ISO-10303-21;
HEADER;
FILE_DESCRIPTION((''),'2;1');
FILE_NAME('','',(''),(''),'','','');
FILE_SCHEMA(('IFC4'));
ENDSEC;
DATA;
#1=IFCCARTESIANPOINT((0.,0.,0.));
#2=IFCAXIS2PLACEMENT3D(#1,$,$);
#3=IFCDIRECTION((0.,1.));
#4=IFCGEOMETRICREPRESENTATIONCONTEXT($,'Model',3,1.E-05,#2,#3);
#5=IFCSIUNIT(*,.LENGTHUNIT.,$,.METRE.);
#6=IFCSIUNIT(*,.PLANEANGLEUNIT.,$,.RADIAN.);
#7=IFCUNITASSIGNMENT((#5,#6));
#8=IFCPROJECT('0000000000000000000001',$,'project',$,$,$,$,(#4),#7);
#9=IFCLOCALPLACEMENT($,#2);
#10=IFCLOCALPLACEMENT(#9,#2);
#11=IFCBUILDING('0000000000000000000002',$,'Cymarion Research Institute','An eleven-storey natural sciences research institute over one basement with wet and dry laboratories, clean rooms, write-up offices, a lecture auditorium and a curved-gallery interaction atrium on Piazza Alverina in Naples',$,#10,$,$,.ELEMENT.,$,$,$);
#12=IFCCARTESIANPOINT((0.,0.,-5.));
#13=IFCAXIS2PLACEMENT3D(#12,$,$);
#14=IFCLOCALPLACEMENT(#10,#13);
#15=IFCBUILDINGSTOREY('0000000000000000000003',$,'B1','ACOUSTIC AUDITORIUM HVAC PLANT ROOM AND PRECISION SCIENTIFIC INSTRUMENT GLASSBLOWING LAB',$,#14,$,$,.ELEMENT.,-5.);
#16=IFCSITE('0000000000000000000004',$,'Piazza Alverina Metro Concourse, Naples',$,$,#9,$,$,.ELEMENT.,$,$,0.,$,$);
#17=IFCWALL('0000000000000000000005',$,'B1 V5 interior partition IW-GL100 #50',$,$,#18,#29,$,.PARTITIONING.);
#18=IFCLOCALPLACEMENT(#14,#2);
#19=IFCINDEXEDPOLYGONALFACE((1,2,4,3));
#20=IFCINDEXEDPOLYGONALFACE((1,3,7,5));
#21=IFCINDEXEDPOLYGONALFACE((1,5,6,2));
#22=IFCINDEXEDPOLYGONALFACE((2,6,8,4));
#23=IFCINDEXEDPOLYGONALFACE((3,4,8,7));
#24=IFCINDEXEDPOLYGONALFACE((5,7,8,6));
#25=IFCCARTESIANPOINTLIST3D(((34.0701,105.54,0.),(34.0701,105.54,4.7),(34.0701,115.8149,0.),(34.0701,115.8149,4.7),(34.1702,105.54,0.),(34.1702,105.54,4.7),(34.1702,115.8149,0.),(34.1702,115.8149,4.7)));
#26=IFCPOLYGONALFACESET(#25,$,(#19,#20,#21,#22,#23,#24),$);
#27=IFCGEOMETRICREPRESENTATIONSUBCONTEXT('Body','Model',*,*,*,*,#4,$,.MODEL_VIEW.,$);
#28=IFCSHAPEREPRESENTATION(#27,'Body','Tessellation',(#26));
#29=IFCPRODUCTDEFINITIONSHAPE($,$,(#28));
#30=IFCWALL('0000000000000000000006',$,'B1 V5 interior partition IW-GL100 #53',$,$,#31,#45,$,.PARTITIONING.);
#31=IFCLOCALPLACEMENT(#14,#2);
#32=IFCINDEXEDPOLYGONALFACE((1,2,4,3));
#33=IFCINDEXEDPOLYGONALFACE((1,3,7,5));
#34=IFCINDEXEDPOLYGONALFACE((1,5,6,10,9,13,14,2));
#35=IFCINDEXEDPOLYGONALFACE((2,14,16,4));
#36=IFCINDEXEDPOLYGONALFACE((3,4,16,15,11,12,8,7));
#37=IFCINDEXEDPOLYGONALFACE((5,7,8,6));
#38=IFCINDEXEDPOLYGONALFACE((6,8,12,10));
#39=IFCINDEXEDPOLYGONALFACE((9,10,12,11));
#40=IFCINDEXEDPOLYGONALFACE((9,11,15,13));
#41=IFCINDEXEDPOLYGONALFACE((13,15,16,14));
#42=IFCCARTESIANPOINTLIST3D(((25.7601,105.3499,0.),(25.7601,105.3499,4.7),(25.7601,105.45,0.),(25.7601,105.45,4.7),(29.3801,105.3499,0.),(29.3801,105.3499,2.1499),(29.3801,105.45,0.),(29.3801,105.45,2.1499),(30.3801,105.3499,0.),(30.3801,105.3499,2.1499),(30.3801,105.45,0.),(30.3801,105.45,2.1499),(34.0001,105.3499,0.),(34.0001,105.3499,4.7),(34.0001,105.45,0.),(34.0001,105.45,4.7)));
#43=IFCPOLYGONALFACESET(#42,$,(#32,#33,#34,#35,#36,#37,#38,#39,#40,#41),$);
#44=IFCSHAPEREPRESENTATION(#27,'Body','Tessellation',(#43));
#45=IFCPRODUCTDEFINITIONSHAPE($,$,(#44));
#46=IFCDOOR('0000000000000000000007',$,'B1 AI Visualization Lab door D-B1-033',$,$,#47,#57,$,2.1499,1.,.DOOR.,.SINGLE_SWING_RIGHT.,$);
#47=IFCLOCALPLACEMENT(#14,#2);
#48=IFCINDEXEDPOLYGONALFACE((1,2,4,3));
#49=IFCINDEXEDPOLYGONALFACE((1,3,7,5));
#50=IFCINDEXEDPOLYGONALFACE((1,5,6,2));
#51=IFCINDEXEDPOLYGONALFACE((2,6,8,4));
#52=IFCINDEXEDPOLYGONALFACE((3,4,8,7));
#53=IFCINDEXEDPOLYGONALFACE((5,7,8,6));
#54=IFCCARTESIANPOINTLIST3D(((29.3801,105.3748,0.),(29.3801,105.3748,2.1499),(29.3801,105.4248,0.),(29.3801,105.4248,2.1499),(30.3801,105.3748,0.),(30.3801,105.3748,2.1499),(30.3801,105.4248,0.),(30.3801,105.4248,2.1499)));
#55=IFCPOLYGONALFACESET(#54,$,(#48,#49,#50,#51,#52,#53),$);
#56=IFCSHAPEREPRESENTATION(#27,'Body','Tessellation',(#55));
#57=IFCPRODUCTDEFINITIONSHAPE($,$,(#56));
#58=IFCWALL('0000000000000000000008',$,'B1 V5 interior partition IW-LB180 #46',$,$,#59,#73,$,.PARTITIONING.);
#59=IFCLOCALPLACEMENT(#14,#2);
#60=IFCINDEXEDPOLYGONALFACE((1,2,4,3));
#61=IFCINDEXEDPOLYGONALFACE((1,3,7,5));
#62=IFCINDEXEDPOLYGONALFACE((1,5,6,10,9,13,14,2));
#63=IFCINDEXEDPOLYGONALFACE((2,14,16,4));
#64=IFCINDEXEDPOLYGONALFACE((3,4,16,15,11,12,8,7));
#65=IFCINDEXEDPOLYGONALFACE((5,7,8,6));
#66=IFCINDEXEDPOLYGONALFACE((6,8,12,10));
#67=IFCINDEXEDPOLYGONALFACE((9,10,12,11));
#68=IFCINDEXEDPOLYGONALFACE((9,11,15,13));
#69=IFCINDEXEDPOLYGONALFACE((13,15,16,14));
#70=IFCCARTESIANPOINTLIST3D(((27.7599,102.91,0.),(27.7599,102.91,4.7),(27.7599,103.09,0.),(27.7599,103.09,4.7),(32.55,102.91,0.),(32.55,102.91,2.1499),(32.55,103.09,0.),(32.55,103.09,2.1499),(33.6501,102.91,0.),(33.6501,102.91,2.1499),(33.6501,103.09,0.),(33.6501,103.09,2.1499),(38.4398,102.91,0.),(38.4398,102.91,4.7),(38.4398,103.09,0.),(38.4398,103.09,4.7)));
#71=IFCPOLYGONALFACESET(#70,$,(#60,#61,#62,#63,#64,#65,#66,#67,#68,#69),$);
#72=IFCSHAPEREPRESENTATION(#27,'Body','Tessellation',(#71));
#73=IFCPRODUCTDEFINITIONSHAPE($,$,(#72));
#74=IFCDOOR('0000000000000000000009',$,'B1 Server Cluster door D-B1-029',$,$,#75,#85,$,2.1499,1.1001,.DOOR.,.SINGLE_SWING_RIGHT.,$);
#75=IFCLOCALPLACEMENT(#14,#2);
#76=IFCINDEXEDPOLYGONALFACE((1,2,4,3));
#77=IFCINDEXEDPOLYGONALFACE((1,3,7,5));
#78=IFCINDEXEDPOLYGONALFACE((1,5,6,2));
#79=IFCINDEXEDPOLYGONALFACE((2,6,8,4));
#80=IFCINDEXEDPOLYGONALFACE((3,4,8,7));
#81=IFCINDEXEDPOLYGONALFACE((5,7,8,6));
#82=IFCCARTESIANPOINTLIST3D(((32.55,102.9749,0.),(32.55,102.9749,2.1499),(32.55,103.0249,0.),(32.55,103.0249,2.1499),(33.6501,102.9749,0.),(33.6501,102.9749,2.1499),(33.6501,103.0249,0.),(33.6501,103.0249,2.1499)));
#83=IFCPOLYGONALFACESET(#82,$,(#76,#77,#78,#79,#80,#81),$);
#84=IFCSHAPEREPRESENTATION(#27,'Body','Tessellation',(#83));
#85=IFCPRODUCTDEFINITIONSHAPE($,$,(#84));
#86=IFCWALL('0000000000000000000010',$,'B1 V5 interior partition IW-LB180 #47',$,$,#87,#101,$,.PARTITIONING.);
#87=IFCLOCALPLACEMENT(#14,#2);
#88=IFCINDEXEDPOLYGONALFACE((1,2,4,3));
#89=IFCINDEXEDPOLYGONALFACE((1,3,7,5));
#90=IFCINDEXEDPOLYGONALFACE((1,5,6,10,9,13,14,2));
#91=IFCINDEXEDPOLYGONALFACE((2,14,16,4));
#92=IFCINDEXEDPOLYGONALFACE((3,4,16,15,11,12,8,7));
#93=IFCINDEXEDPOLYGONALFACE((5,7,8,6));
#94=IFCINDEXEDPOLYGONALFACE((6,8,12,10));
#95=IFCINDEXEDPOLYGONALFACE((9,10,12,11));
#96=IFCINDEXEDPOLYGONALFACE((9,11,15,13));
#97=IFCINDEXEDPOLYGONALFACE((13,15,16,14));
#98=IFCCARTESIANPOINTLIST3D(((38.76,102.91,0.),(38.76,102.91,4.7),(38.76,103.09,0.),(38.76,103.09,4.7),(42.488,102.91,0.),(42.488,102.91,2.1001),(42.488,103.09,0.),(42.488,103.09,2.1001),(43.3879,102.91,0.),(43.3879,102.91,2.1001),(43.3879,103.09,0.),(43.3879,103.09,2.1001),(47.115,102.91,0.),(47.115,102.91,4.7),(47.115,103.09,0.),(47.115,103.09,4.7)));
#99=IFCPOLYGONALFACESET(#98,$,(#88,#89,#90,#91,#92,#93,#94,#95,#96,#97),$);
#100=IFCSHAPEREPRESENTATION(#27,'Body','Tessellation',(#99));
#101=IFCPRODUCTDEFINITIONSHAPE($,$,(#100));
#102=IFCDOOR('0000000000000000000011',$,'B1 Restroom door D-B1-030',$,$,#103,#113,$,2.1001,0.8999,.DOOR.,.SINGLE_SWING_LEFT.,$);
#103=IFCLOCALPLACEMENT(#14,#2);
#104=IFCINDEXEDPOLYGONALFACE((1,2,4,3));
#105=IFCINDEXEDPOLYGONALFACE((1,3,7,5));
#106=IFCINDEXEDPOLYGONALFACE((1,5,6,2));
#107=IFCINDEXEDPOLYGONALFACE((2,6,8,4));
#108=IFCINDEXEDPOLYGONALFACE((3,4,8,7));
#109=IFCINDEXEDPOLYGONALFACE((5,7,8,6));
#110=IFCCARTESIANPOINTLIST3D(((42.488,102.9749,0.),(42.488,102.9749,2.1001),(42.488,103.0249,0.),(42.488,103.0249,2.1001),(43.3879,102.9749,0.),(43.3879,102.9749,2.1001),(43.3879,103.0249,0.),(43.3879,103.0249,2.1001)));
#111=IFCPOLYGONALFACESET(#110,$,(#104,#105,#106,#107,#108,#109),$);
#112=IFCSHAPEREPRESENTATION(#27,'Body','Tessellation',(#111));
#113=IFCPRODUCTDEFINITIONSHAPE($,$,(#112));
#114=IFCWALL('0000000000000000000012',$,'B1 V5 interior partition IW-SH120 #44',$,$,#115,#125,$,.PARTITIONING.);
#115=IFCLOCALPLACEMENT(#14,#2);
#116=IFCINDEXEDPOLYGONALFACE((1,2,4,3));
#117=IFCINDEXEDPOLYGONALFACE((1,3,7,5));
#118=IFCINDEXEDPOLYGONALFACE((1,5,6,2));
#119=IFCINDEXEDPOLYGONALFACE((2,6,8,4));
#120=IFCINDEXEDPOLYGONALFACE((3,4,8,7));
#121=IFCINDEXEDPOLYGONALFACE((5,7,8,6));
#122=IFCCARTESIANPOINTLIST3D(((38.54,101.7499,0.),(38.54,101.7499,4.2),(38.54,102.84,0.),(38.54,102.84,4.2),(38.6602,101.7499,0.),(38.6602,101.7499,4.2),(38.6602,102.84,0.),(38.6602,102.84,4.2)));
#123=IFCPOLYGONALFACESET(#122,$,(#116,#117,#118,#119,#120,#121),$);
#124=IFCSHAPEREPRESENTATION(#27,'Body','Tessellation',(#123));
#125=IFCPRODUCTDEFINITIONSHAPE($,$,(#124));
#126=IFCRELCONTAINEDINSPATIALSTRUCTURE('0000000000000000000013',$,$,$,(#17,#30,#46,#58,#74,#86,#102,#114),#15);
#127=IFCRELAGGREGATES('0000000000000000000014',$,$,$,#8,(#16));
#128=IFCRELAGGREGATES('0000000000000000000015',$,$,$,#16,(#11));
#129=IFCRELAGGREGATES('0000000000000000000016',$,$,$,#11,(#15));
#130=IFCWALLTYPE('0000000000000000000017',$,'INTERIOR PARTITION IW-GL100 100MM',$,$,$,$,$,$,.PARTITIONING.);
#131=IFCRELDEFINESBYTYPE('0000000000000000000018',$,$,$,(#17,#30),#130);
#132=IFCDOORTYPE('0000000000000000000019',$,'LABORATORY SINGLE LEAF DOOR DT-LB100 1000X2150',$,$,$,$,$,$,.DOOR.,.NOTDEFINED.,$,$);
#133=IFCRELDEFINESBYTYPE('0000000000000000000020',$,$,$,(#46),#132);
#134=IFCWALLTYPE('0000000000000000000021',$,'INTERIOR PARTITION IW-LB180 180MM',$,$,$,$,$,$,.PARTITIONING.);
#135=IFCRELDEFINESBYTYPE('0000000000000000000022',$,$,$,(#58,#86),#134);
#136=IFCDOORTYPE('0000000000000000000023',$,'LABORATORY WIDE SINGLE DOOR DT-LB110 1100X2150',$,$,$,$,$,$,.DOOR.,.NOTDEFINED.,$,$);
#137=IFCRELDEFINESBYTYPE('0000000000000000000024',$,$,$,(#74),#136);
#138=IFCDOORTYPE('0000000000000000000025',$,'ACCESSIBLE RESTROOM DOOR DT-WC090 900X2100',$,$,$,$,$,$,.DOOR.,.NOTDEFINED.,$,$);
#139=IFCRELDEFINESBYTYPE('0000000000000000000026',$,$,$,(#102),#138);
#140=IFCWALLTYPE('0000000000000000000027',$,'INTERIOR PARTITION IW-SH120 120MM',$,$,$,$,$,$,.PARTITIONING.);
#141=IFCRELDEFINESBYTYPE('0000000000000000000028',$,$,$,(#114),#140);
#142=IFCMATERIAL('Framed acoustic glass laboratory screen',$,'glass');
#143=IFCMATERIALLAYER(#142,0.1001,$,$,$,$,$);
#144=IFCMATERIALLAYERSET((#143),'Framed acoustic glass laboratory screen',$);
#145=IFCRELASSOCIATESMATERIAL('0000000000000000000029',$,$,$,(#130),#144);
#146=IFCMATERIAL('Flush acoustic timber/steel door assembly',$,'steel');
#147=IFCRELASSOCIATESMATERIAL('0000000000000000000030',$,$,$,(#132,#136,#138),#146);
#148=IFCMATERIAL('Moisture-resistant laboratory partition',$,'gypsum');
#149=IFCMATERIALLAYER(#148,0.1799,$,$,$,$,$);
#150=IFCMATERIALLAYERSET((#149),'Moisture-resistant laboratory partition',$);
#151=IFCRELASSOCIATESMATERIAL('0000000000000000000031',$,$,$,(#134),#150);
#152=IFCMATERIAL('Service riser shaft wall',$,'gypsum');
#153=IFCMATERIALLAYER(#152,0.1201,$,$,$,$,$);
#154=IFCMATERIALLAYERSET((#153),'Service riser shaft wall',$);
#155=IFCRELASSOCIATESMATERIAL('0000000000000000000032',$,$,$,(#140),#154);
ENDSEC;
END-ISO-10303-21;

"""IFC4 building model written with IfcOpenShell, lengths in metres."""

from ifc_helpers import new_model, si_unit, direction, frame, frame_2d, origin, place, context, subcontext, project, spatial, rectangle, extrude, material, layer, layer_set, type_object, element, fill, save


model = new_model("IFC4")

# Units and contexts
model_context = context("Model", 3, precision=1e-05, world=origin(), true_north=direction((0.0, 1.0)))
body_context = subcontext(model_context, "Body", "Model", "MODEL_VIEW")
ifc_project = project(units=[si_unit("LENGTHUNIT", "METRE"), si_unit("PLANEANGLEUNIT", "RADIAN")], contexts=[model_context])

# Site, building, storey
site_placement = place(None, origin())
site = spatial("IfcSite", under=ifc_project, at=site_placement, Name="Piazza Alverina Metro Concourse, Naples", CompositionType="ELEMENT", RefElevation=0.0)
building_placement = place(site_placement, origin())
building = spatial("IfcBuilding", under=site, at=building_placement, Name="Cymarion Research Institute", Description="An eleven-storey natural sciences research institute over one basement with wet and dry laboratories, clean rooms, write-up offices, a lecture auditorium and a curved-gallery interaction atrium on Piazza Alverina in Naples", CompositionType="ELEMENT")
storey_placement = place(building_placement, frame((0.0, 0.0, -5.0)))
storey = spatial("IfcBuildingStorey", under=building, at=storey_placement, Name="B1", Description="ACOUSTIC AUDITORIUM HVAC PLANT ROOM AND PRECISION SCIENTIFIC INSTRUMENT GLASSBLOWING LAB", CompositionType="ELEMENT", Elevation=-5.0)

# Wall
ifc_material_1 = material(Name="Framed acoustic glass laboratory screen", Category="glass")
ifc_layer_1 = layer(ifc_material_1, 0.1001)
ifc_layer_set_1 = layer_set([ifc_layer_1], Name="Framed acoustic glass laboratory screen")
wall_type_1 = type_object("IfcWallType", Name="INTERIOR PARTITION IW-GL100 100MM", PredefinedType="PARTITIONING", material=ifc_layer_set_1)
wall_1_placement = place(storey_placement, frame((34.1201, 105.54, 0.0), z_axis=(0.0, 0.0, 1.0), x_axis=(0.0, 1.0, 0.0)))
element("IfcWall", 1, at=wall_1_placement, inside=storey, type_object=wall_type_1, Name="B1 V5 interior partition IW-GL100 #50", PredefinedType="PARTITIONING", context=body_context, shape_type="SweptSolid", body=[
    extrude(rectangle(XDim=10.2749, YDim=0.1001, at=frame_2d((5.1375, 0.0))), origin(), (0.0, 0.0, 1.0), 4.7),
])

# Walls, openings, doors
wall_2_placement = place(storey_placement, frame((25.76, 105.3999, 0.0), z_axis=(0.0, 0.0, 1.0), x_axis=(1.0, 0.0, 0.0)))
wall_2 = element("IfcWall", 2, at=wall_2_placement, inside=storey, type_object=wall_type_1, Name="B1 V5 interior partition IW-GL100 #53", PredefinedType="PARTITIONING", context=body_context, shape_type="SweptSolid", body=[
    extrude(rectangle(XDim=8.24, YDim=0.1001, at=frame_2d((4.1201, 0.0))), origin(), (0.0, 0.0, 1.0), 4.7),
])
opening_1_placement = place(wall_2_placement, frame((3.6201, 0.0, 0.0)))
opening_1 = element("IfcOpeningElement", 3, at=opening_1_placement, cuts=wall_2, PredefinedType="OPENING", context=body_context, shape_type="SweptSolid", body=[
    extrude(rectangle(XDim=1.0, YDim=2.1499, at=frame_2d((0.5, 1.075))), frame((0.0, 0.0601, 0.0), z_axis=(0.0, -1.0, 0.0), x_axis=(1.0, 0.0, 0.0)), (0.0, 0.0, 1.0), 0.1201),
])
ifc_material_2 = material(Name="Flush acoustic timber/steel door assembly", Category="steel")
door_type_1 = type_object("IfcDoorType", Name="LABORATORY SINGLE LEAF DOOR DT-LB100 1000X2150", OperationType="NOTDEFINED", PredefinedType="DOOR", material=ifc_material_2)
door_1_placement = place(opening_1_placement, origin())
door_1 = element("IfcDoor", 4, at=door_1_placement, inside=storey, type_object=door_type_1, Name="B1 AI Visualization Lab door D-B1-033", OperationType="SINGLE_SWING_RIGHT", OverallHeight=2.1499, OverallWidth=1.0, PredefinedType="DOOR", context=body_context, shape_type="SweptSolid", body=[
    extrude(rectangle(XDim=1.0, YDim=2.1499, at=frame_2d((0.5, 1.075))), frame((0.0, 0.0249, 0.0), z_axis=(0.0, -1.0, 0.0), x_axis=(1.0, 0.0, 0.0)), (0.0, 0.0, 1.0), 0.05),
])
fill(opening_1, door_1)
ifc_material_3 = material(Name="Moisture-resistant laboratory partition", Category="gypsum")
ifc_layer_2 = layer(ifc_material_3, 0.1799)
ifc_layer_set_2 = layer_set([ifc_layer_2], Name="Moisture-resistant laboratory partition")
wall_type_2 = type_object("IfcWallType", Name="INTERIOR PARTITION IW-LB180 180MM", PredefinedType="PARTITIONING", material=ifc_layer_set_2)
wall_3_placement = place(storey_placement, frame((27.76, 103.0, 0.0), z_axis=(0.0, 0.0, 1.0), x_axis=(1.0, 0.0, 0.0)))
wall_3 = element("IfcWall", 5, at=wall_3_placement, inside=storey, type_object=wall_type_2, Name="B1 V5 interior partition IW-LB180 #46", PredefinedType="PARTITIONING", context=body_context, shape_type="SweptSolid", body=[
    extrude(rectangle(XDim=10.6799, YDim=0.1799, at=frame_2d((5.3398, 0.0))), origin(), (0.0, 0.0, 1.0), 4.7),
])
opening_2_placement = place(wall_3_placement, frame((4.79, 0.0, 0.0)))
opening_2 = element("IfcOpeningElement", 6, at=opening_2_placement, cuts=wall_3, PredefinedType="OPENING", context=body_context, shape_type="SweptSolid", body=[
    extrude(rectangle(XDim=1.1001, YDim=2.1499, at=frame_2d((0.55, 1.075))), frame((0.0, 0.0999, 0.0), z_axis=(0.0, -1.0, 0.0), x_axis=(1.0, 0.0, 0.0)), (0.0, 0.0, 1.0), 0.2),
])
door_type_2 = type_object("IfcDoorType", Name="LABORATORY WIDE SINGLE DOOR DT-LB110 1100X2150", OperationType="NOTDEFINED", PredefinedType="DOOR", material=ifc_material_2)
door_2_placement = place(opening_2_placement, origin())
door_2 = element("IfcDoor", 7, at=door_2_placement, inside=storey, type_object=door_type_2, Name="B1 Server Cluster door D-B1-029", OperationType="SINGLE_SWING_RIGHT", OverallHeight=2.1499, OverallWidth=1.1001, PredefinedType="DOOR", context=body_context, shape_type="SweptSolid", body=[
    extrude(rectangle(XDim=1.1001, YDim=2.1499, at=frame_2d((0.55, 1.075))), frame((0.0, 0.0249, 0.0), z_axis=(0.0, -1.0, 0.0), x_axis=(1.0, 0.0, 0.0)), (0.0, 0.0, 1.0), 0.05),
])
fill(opening_2, door_2)
wall_4_placement = place(storey_placement, frame((38.76, 103.0, 0.0), z_axis=(0.0, 0.0, 1.0), x_axis=(1.0, 0.0, 0.0)))
wall_4 = element("IfcWall", 8, at=wall_4_placement, inside=storey, type_object=wall_type_2, Name="B1 V5 interior partition IW-LB180 #47", PredefinedType="PARTITIONING", context=body_context, shape_type="SweptSolid", body=[
    extrude(rectangle(XDim=8.355, YDim=0.1799, at=frame_2d((4.1775, 0.0))), origin(), (0.0, 0.0, 1.0), 4.7),
])
opening_3_placement = place(wall_4_placement, frame((3.728, 0.0, 0.0)))
opening_3 = element("IfcOpeningElement", 9, at=opening_3_placement, cuts=wall_4, PredefinedType="OPENING", context=body_context, shape_type="SweptSolid", body=[
    extrude(rectangle(XDim=0.8999, YDim=2.1001, at=frame_2d((0.45, 1.05))), frame((0.0, 0.0999, 0.0), z_axis=(0.0, -1.0, 0.0), x_axis=(1.0, 0.0, 0.0)), (0.0, 0.0, 1.0), 0.2),
])
door_type_3 = type_object("IfcDoorType", Name="ACCESSIBLE RESTROOM DOOR DT-WC090 900X2100", OperationType="NOTDEFINED", PredefinedType="DOOR", material=ifc_material_2)
door_3_placement = place(opening_3_placement, origin())
door_3 = element("IfcDoor", 10, at=door_3_placement, inside=storey, type_object=door_type_3, Name="B1 Restroom door D-B1-030", OperationType="SINGLE_SWING_LEFT", OverallHeight=2.1001, OverallWidth=0.8999, PredefinedType="DOOR", context=body_context, shape_type="SweptSolid", body=[
    extrude(rectangle(XDim=0.8999, YDim=2.1001, at=frame_2d((0.45, 1.05))), frame((0.0, 0.0249, 0.0), z_axis=(0.0, -1.0, 0.0), x_axis=(1.0, 0.0, 0.0)), (0.0, 0.0, 1.0), 0.05),
])
fill(opening_3, door_3)

# Wall
ifc_material_4 = material(Name="Service riser shaft wall", Category="gypsum")
ifc_layer_3 = layer(ifc_material_4, 0.1201)
ifc_layer_set_3 = layer_set([ifc_layer_3], Name="Service riser shaft wall")
wall_type_3 = type_object("IfcWallType", Name="INTERIOR PARTITION IW-SH120 120MM", PredefinedType="PARTITIONING", material=ifc_layer_set_3)
wall_5_placement = place(storey_placement, frame((38.6001, 101.75, 0.0), z_axis=(0.0, 0.0, 1.0), x_axis=(0.0, 1.0, 0.0)))
element("IfcWall", 11, at=wall_5_placement, inside=storey, type_object=wall_type_3, Name="B1 V5 interior partition IW-SH120 #44", PredefinedType="PARTITIONING", context=body_context, shape_type="SweptSolid", body=[
    extrude(rectangle(XDim=1.0901, YDim=0.1201, at=frame_2d((0.5449, 0.0))), origin(), (0.0, 0.0, 1.0), 4.2),
])

save(model, "model.ifc")
